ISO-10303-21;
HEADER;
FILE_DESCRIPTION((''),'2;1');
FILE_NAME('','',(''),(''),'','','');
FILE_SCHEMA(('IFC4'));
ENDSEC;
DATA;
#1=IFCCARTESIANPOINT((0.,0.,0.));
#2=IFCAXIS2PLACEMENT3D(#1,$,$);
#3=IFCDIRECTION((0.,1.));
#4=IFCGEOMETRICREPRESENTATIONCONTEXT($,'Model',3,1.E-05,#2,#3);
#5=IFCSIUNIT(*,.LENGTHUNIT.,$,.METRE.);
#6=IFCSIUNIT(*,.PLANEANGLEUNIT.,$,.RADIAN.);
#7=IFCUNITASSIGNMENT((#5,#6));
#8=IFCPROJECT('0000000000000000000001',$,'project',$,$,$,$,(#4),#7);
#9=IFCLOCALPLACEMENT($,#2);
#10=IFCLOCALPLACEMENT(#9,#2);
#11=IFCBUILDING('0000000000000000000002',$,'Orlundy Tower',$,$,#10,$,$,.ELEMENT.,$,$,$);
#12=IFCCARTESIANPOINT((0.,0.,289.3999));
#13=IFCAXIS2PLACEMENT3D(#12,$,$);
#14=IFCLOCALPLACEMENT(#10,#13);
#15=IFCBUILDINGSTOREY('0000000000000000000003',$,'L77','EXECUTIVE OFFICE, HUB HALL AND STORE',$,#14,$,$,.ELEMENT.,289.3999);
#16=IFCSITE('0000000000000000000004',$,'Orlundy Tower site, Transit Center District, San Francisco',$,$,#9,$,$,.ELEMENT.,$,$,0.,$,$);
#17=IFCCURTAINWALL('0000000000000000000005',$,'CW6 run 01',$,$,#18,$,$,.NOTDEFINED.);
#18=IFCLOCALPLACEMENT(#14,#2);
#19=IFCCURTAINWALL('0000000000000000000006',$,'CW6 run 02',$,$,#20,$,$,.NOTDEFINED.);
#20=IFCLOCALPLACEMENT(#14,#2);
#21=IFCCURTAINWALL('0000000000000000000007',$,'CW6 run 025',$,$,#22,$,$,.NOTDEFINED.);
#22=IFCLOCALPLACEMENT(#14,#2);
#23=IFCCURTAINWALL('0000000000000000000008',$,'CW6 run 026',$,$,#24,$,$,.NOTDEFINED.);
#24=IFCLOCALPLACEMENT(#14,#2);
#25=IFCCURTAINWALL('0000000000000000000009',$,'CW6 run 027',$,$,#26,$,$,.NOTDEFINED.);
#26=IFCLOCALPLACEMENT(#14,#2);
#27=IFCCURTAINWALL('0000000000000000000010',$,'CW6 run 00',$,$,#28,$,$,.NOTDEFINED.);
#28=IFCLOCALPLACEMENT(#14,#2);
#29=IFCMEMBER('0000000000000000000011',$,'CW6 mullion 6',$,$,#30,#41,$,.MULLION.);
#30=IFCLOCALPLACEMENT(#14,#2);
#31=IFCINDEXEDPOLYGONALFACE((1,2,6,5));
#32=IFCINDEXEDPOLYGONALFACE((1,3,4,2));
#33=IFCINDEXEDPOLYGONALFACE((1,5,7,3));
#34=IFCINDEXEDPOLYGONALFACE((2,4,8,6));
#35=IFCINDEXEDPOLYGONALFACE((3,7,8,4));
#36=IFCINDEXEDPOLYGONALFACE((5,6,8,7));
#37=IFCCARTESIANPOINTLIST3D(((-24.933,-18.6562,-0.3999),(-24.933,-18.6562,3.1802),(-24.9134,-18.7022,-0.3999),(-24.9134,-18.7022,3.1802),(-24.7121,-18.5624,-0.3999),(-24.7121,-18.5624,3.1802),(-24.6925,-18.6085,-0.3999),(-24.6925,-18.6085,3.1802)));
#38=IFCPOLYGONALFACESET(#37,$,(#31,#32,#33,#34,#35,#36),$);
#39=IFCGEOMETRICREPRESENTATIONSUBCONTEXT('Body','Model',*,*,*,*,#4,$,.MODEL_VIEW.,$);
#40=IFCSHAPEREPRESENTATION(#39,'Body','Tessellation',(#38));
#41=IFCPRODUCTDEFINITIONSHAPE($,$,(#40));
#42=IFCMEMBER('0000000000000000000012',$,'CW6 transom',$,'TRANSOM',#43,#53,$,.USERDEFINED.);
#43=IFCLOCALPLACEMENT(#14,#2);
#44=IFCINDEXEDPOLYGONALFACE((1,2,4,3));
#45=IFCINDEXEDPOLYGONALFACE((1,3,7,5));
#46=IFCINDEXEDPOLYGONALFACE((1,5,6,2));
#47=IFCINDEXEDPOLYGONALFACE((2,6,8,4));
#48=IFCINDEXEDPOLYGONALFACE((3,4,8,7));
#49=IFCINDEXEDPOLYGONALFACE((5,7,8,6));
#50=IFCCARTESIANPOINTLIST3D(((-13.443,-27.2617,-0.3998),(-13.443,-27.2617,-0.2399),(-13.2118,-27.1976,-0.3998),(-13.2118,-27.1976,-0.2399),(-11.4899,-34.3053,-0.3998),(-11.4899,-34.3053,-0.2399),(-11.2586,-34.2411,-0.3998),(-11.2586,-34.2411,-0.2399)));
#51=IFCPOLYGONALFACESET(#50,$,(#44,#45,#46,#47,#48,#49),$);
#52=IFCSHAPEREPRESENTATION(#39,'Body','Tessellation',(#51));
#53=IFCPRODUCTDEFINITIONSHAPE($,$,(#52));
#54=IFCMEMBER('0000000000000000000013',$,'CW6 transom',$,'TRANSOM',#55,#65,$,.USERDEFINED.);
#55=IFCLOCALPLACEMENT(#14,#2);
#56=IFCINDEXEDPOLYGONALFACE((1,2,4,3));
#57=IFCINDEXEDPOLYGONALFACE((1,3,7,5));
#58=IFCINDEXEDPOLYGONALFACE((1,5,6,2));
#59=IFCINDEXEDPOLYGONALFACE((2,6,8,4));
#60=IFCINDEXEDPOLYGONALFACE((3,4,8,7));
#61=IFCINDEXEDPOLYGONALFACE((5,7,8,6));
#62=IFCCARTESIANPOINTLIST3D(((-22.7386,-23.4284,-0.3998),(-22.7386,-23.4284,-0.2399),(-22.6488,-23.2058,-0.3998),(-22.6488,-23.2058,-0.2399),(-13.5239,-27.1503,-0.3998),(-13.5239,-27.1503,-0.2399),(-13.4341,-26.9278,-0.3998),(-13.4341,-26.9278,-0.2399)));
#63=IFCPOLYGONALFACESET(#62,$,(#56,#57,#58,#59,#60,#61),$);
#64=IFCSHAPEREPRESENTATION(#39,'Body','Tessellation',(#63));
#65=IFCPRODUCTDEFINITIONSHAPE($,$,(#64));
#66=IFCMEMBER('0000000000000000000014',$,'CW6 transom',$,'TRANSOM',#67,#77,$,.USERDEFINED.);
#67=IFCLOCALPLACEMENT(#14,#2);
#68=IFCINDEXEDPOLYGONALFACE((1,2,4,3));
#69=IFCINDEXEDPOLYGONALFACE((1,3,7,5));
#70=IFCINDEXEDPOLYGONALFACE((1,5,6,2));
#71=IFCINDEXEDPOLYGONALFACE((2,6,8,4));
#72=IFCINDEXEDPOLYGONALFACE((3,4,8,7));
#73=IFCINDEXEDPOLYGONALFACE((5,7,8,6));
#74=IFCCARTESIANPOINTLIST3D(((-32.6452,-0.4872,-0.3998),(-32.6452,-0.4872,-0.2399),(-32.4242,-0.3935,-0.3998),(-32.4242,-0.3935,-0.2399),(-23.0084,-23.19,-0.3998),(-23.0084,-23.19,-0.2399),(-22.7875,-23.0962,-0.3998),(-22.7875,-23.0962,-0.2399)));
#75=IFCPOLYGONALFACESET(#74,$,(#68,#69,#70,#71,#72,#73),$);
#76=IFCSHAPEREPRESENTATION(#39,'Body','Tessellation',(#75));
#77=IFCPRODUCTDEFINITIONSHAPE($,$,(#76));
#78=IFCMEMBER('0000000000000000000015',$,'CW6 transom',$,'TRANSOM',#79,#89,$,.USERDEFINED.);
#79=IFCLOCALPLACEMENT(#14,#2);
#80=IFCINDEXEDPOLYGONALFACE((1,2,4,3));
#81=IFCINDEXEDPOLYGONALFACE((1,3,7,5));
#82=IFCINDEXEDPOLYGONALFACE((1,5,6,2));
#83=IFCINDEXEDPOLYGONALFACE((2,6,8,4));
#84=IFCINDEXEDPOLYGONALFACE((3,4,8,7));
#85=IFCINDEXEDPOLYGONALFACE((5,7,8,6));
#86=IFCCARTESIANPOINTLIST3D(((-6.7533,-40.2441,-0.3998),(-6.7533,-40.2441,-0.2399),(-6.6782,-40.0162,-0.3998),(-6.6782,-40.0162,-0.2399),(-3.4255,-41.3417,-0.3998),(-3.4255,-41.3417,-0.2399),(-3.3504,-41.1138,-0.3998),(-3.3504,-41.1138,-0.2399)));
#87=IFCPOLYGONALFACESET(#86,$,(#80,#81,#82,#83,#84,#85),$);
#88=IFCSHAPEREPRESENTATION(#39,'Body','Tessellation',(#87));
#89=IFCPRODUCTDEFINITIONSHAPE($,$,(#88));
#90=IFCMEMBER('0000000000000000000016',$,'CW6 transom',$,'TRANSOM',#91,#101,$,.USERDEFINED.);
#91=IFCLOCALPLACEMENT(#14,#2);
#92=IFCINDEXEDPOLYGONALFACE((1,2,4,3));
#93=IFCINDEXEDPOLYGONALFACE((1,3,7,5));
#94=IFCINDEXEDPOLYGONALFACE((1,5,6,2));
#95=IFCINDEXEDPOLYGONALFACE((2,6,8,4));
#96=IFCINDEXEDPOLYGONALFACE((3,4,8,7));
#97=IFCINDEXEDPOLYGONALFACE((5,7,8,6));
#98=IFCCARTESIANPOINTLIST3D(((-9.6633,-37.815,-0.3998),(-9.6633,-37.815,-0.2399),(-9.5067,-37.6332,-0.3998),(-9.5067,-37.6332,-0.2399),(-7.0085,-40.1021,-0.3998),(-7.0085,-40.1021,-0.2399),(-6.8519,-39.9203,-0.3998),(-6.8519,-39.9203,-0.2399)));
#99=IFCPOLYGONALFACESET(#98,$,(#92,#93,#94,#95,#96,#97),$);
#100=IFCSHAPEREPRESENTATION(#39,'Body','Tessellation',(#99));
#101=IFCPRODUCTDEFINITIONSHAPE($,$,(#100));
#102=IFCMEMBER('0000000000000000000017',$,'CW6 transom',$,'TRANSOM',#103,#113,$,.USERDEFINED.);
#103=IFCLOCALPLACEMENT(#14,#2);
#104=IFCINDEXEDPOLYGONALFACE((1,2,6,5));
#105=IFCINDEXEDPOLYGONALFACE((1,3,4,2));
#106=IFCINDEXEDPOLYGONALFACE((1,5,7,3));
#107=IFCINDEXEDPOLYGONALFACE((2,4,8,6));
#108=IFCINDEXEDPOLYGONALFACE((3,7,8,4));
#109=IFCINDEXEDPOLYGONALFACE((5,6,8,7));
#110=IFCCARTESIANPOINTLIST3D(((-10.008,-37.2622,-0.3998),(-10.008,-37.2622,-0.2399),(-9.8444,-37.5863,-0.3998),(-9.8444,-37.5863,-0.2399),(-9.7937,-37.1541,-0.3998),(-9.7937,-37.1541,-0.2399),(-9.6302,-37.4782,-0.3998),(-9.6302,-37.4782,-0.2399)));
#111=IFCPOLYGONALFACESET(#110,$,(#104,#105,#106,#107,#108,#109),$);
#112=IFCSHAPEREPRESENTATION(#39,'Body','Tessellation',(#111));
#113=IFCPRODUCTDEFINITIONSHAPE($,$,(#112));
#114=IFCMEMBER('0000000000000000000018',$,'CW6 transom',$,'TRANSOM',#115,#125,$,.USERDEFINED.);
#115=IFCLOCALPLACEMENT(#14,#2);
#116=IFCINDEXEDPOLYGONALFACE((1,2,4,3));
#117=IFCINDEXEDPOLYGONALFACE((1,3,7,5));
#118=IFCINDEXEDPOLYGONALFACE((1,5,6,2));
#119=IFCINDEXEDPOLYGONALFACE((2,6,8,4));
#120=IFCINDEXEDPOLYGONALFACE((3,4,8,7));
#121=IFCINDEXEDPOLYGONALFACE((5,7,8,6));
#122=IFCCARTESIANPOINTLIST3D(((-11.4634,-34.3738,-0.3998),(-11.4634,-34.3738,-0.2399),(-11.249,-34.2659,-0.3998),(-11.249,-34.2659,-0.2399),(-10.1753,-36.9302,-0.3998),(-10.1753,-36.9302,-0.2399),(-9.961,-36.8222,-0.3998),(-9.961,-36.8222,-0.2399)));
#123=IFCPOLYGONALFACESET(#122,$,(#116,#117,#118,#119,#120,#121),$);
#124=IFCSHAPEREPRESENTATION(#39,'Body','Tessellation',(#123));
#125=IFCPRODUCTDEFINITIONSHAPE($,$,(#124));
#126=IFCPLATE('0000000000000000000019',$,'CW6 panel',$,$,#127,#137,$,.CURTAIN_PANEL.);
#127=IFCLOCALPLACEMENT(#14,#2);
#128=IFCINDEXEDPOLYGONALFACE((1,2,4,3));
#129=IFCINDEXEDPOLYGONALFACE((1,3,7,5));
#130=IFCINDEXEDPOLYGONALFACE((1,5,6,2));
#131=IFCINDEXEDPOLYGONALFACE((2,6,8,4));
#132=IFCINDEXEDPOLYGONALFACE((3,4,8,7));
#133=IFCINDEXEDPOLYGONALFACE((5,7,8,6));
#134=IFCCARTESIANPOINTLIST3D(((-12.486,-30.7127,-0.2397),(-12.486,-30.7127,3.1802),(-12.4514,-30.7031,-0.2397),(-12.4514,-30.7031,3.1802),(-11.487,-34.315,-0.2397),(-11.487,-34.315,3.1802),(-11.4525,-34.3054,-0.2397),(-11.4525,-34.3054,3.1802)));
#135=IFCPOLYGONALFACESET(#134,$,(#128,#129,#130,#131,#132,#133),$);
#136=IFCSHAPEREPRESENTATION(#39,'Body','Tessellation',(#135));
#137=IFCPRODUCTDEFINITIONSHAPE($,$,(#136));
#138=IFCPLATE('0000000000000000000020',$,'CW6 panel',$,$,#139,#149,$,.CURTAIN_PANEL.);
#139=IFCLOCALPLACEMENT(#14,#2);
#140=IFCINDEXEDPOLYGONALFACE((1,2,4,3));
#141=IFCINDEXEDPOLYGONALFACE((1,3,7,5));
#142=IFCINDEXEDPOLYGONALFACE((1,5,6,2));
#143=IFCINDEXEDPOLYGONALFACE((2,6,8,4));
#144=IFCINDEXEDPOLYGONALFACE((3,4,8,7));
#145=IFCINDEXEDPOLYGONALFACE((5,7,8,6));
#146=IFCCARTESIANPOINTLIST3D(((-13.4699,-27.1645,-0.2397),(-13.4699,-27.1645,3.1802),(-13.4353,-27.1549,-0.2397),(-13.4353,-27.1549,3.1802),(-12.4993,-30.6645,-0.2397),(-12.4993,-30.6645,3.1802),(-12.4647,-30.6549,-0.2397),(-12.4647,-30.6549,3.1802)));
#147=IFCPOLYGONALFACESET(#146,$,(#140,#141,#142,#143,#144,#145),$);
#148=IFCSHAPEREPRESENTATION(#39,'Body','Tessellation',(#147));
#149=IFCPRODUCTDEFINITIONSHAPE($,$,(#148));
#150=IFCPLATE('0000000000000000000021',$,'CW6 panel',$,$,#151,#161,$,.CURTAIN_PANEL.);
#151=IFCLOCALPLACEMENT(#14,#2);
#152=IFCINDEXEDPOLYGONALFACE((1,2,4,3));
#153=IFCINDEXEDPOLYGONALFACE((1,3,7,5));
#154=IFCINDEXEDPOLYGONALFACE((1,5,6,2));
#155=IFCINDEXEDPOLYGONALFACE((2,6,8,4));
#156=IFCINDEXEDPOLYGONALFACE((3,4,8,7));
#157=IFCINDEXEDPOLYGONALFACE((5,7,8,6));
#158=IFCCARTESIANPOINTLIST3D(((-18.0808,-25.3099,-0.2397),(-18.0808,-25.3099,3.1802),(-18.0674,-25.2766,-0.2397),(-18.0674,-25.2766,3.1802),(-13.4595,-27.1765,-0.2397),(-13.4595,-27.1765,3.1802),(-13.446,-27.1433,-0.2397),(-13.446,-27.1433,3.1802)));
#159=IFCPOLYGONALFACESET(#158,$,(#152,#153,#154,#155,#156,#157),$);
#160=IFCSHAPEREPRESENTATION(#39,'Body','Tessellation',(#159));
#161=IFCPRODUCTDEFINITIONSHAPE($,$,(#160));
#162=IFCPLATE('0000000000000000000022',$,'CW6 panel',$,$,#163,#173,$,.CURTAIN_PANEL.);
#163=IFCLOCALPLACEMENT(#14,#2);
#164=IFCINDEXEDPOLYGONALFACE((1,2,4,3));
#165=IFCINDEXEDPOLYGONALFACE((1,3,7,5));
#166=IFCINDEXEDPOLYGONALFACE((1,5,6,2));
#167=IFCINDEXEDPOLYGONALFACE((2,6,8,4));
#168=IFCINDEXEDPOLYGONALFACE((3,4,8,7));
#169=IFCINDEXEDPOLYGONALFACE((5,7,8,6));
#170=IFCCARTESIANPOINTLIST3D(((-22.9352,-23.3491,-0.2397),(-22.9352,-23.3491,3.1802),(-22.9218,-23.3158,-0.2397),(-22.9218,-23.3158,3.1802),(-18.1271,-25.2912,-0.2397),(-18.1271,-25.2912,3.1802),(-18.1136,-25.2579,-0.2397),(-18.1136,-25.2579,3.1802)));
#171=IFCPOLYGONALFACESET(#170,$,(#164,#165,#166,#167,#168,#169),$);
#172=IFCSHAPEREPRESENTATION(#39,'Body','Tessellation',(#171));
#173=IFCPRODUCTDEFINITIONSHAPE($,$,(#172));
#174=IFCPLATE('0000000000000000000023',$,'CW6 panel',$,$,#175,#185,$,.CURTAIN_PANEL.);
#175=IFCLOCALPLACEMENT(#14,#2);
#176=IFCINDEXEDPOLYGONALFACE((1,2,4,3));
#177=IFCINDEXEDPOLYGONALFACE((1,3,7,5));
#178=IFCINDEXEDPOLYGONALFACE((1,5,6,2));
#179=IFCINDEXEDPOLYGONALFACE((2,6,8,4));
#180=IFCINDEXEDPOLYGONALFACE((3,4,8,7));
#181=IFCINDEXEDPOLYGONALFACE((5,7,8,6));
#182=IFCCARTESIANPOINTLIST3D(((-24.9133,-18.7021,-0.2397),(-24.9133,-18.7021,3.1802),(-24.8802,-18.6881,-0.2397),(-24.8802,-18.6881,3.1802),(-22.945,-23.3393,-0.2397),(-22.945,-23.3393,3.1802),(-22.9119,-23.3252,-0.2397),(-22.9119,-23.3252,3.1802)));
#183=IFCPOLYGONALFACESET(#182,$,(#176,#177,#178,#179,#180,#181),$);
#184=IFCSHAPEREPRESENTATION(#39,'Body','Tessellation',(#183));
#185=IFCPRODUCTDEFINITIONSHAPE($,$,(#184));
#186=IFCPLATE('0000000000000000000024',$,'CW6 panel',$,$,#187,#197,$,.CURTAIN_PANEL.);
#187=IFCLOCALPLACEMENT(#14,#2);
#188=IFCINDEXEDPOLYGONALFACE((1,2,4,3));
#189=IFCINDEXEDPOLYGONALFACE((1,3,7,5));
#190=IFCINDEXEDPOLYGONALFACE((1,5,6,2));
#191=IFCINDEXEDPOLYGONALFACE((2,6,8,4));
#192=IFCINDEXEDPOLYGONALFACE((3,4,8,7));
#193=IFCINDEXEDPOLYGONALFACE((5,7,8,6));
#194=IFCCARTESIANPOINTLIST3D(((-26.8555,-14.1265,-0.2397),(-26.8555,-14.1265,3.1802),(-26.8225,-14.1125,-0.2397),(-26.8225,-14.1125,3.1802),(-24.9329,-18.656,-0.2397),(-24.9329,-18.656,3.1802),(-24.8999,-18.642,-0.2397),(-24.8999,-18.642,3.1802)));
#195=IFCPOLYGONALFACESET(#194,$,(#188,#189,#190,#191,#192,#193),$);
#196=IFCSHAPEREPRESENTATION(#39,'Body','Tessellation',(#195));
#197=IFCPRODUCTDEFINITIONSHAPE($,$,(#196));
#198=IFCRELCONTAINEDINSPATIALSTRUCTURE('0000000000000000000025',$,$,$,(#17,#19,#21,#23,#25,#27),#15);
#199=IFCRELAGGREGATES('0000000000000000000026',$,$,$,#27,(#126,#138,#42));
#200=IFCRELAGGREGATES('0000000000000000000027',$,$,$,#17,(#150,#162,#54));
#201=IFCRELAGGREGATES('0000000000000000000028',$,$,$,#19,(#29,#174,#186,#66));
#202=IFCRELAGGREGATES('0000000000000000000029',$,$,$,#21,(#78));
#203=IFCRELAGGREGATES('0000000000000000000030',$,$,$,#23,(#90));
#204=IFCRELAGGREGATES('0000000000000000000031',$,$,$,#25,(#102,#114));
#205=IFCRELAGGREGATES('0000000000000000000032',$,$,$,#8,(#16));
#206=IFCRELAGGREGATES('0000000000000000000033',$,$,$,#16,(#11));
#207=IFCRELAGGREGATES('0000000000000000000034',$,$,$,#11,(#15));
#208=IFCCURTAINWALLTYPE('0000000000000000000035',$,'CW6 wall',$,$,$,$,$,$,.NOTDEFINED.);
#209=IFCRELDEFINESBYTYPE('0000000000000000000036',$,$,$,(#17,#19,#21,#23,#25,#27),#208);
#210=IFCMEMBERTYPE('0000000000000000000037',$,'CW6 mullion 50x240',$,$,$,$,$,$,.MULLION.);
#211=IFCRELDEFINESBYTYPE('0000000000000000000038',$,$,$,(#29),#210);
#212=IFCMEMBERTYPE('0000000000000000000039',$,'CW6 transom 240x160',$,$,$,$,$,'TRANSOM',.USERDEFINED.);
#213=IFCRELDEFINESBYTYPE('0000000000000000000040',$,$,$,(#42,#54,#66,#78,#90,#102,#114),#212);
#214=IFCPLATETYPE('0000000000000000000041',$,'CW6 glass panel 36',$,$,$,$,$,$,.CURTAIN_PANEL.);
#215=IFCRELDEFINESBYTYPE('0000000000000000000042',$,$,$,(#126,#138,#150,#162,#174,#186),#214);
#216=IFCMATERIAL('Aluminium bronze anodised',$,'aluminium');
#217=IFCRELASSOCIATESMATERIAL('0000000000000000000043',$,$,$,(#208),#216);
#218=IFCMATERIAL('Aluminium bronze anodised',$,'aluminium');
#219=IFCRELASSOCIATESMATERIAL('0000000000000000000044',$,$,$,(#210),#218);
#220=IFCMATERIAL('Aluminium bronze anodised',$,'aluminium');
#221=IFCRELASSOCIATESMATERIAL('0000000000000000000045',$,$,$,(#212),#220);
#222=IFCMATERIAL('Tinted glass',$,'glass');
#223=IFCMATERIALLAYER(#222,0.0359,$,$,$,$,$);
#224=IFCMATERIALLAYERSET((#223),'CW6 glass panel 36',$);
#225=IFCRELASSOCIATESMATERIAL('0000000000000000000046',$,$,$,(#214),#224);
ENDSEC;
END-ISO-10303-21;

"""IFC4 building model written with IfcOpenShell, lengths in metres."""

from ifc_helpers import new_model, si_unit, direction, frame, origin, origin_2d, place, context, subcontext, project, spatial, rectangle, extrude, material, layer, layer_set, material_profile, profile_set, type_object, element, aggregate, save


model = new_model("IFC4")

# Units and contexts
model_context = context("Model", 3, precision=1e-05, world=origin(), true_north=direction((0.0, 1.0)))
body_context = subcontext(model_context, "Body", "Model", "MODEL_VIEW")
ifc_project = project(units=[si_unit("LENGTHUNIT", "METRE"), si_unit("PLANEANGLEUNIT", "RADIAN")], contexts=[model_context])

# Site, building, storey
site_placement = place(None, origin())
site = spatial("IfcSite", under=ifc_project, at=site_placement, Name="Orlundy Tower site, Transit Center District, San Francisco", CompositionType="ELEMENT", RefElevation=0.0)
building_placement = place(site_placement, origin())
building = spatial("IfcBuilding", under=site, at=building_placement, Name="Orlundy Tower", CompositionType="ELEMENT")
storey_placement = place(building_placement, frame((0.0, 0.0, 289.3999)))
storey = spatial("IfcBuildingStorey", under=building, at=storey_placement, Name="L77", Description="EXECUTIVE OFFICE, HUB HALL AND STORE", CompositionType="ELEMENT", Elevation=289.3999)

# Curtain walls
ifc_material_1 = material(Name="Aluminium bronze anodised", Category="aluminium")
curtain_wall_type = type_object("IfcCurtainWallType", Name="CW6 wall", PredefinedType="NOTDEFINED", material=ifc_material_1)
curtain_wall_1_placement = place(storey_placement, origin())
curtain_wall_1 = element("IfcCurtainWall", 1, at=curtain_wall_1_placement, inside=storey, type_object=curtain_wall_type, Name="CW6 run 01", PredefinedType="NOTDEFINED")
curtain_wall_2_placement = place(storey_placement, origin())
curtain_wall_2 = element("IfcCurtainWall", 2, at=curtain_wall_2_placement, inside=storey, type_object=curtain_wall_type, Name="CW6 run 02", PredefinedType="NOTDEFINED")
curtain_wall_3_placement = place(storey_placement, origin())
curtain_wall_3 = element("IfcCurtainWall", 3, at=curtain_wall_3_placement, inside=storey, type_object=curtain_wall_type, Name="CW6 run 025", PredefinedType="NOTDEFINED")
curtain_wall_4_placement = place(storey_placement, origin())
curtain_wall_4 = element("IfcCurtainWall", 4, at=curtain_wall_4_placement, inside=storey, type_object=curtain_wall_type, Name="CW6 run 026", PredefinedType="NOTDEFINED")
curtain_wall_5_placement = place(storey_placement, origin())
curtain_wall_5 = element("IfcCurtainWall", 5, at=curtain_wall_5_placement, inside=storey, type_object=curtain_wall_type, Name="CW6 run 027", PredefinedType="NOTDEFINED")

# Curtain wall
curtain_wall_6_placement = place(storey_placement, origin())
curtain_wall_6 = element("IfcCurtainWall", 6, at=curtain_wall_6_placement, inside=storey, type_object=curtain_wall_type, Name="CW6 run 00", PredefinedType="NOTDEFINED")
ifc_material_2 = material(Name="Aluminium bronze anodised", Category="aluminium")
ifc_material_profile_1 = material_profile(ifc_material_2, rectangle(XDim=0.24, YDim=0.05, at=origin_2d()), Name="CW6 mullion 50x240")
ifc_profile_set_1 = profile_set([ifc_material_profile_1], Name="Aluminium bronze anodised")
member_type_1 = type_object("IfcMemberType", Name="CW6 mullion 50x240", PredefinedType="MULLION", material=ifc_profile_set_1)

# Members
member_1_placement = place(storey_placement, frame((-24.8127, -18.6323, -0.3999), z_axis=(0.0, 0.0, 1.0), x_axis=(-0.920507, -0.390727, 0.0)))
member_1 = element("IfcMember", 7, at=member_1_placement, type_object=member_type_1, Name="CW6 mullion 6", PredefinedType="MULLION", context=body_context, shape_type="SweptSolid", body=[
    extrude(rectangle(XDim=0.24, YDim=0.05, at=origin_2d()), origin(), (0.0, 0.0, 1.0), 3.5801),
])
ifc_material_3 = material(Name="Aluminium bronze anodised", Category="aluminium")
ifc_material_profile_2 = material_profile(ifc_material_3, rectangle(XDim=0.24, YDim=0.1599, at=origin_2d()), Name="CW6 transom 240x160")
ifc_profile_set_2 = profile_set([ifc_material_profile_2], Name="Aluminium bronze anodised")
member_type_2 = type_object("IfcMemberType", Name="CW6 transom 240x160", ElementType="TRANSOM", PredefinedType="USERDEFINED", material=ifc_profile_set_2)
member_2_placement = place(storey_placement, frame((-11.3743, -34.2732, -0.3198), z_axis=(-0.267213, 0.963637, 0.0), x_axis=(-0.963637, -0.267213, 0.0)))
member_2 = element("IfcMember", 8, at=member_2_placement, type_object=member_type_2, Name="CW6 transom", ObjectType="TRANSOM", PredefinedType="USERDEFINED", context=body_context, shape_type="SweptSolid", body=[
    extrude(rectangle(XDim=0.24, YDim=0.1599, at=origin_2d()), origin(), (0.0, 0.0, 1.0), 7.3093),
])
member_3_placement = place(storey_placement, frame((-13.479, -27.0391, -0.3198), z_axis=(-0.927219, 0.374519, 0.0), x_axis=(-0.374519, -0.927219, 0.0)))
member_3 = element("IfcMember", 9, at=member_3_placement, type_object=member_type_2, Name="CW6 transom", ObjectType="TRANSOM", PredefinedType="USERDEFINED", context=body_context, shape_type="SweptSolid", body=[
    extrude(rectangle(XDim=0.24, YDim=0.1599, at=origin_2d()), origin(), (0.0, 0.0, 1.0), 9.938),
])
member_4_placement = place(storey_placement, frame((-22.8979, -23.1431, -0.3198), z_axis=(-0.390732, 0.920505, 0.0), x_axis=(-0.920505, -0.390732, 0.0)))
member_4 = element("IfcMember", 10, at=member_4_placement, type_object=member_type_2, Name="CW6 transom", ObjectType="TRANSOM", PredefinedType="USERDEFINED", context=body_context, shape_type="SweptSolid", body=[
    extrude(rectangle(XDim=0.24, YDim=0.1599, at=origin_2d()), origin(), (0.0, 0.0, 1.0), 24.6633),
])
member_5_placement = place(storey_placement, frame((-3.3879, -41.2278, -0.3198), z_axis=(-0.949675, 0.313237, 0.0), x_axis=(-0.313237, -0.949675, 0.0)))
member_5 = element("IfcMember", 11, at=member_5_placement, type_object=member_type_2, Name="CW6 transom", ObjectType="TRANSOM", PredefinedType="USERDEFINED", context=body_context, shape_type="SweptSolid", body=[
    extrude(rectangle(XDim=0.24, YDim=0.1599, at=origin_2d()), origin(), (0.0, 0.0, 1.0), 3.5042),
])
member_6_placement = place(storey_placement, frame((-6.9302, -40.0112, -0.3198), z_axis=(-0.757621, 0.652694, 0.0), x_axis=(-0.652694, -0.757621, 0.0)))
member_6 = element("IfcMember", 12, at=member_6_placement, type_object=member_type_2, Name="CW6 transom", ObjectType="TRANSOM", PredefinedType="USERDEFINED", context=body_context, shape_type="SweptSolid", body=[
    extrude(rectangle(XDim=0.24, YDim=0.1599, at=origin_2d()), origin(), (0.0, 0.0, 1.0), 3.5042),
])
member_7_placement = place(storey_placement, frame((-9.7373, -37.5322, -0.3198), z_axis=(-0.450438, 0.892808, 0.0), x_axis=(-0.892808, -0.450438, 0.0)))
member_7 = element("IfcMember", 13, at=member_7_placement, type_object=member_type_2, Name="CW6 transom", ObjectType="TRANSOM", PredefinedType="USERDEFINED", context=body_context, shape_type="SweptSolid", body=[
    extrude(rectangle(XDim=0.24, YDim=0.1599, at=origin_2d()), origin(), (0.0, 0.0, 1.0), 0.363),
])
member_8_placement = place(storey_placement, frame((-10.0681, -36.8762, -0.3198), z_axis=(-0.449975, 0.893041, 0.0), x_axis=(-0.893041, -0.449975, 0.0)))
member_8 = element("IfcMember", 14, at=member_8_placement, type_object=member_type_2, Name="CW6 transom", ObjectType="TRANSOM", PredefinedType="USERDEFINED", context=body_context, shape_type="SweptSolid", body=[
    extrude(rectangle(XDim=0.24, YDim=0.1599, at=origin_2d()), origin(), (0.0, 0.0, 1.0), 2.8625),
])

# Plates
ifc_material_4 = material(Name="Tinted glass", Category="glass")
ifc_layer_1 = layer(ifc_material_4, 0.0359)
ifc_layer_set_1 = layer_set([ifc_layer_1], Name="CW6 glass panel 36")
plate_type = type_object("IfcPlateType", Name="CW6 glass panel 36", PredefinedType="CURTAIN_PANEL", material=ifc_layer_set_1)
plate_1_placement = place(storey_placement, frame((-11.9692, -32.509, -0.2397), z_axis=(0.0, 0.0, 1.0), x_axis=(-0.267226, 0.963634, 0.0)))
plate_1 = element("IfcPlate", 15, at=plate_1_placement, type_object=plate_type, Name="CW6 panel", PredefinedType="CURTAIN_PANEL", context=body_context, shape_type="SweptSolid", body=[
    extrude(rectangle(XDim=3.7383, YDim=0.0359, at=origin_2d()), origin(), (0.0, 0.0, 1.0), 3.4199),
])
plate_2_placement = place(storey_placement, frame((-12.9673, -28.9097, -0.2397), z_axis=(0.0, 0.0, 1.0), x_axis=(-0.267226, 0.963634, 0.0)))
plate_2 = element("IfcPlate", 16, at=plate_2_placement, type_object=plate_type, Name="CW6 panel", PredefinedType="CURTAIN_PANEL", context=body_context, shape_type="SweptSolid", body=[
    extrude(rectangle(XDim=3.6321, YDim=0.0359, at=origin_2d()), origin(), (0.0, 0.0, 1.0), 3.4199),
])
aggregate(curtain_wall_6, [plate_1, plate_2, member_2])
plate_3_placement = place(storey_placement, frame((-15.7634, -26.2266, -0.2397), z_axis=(0.0, 0.0, 1.0), x_axis=(-0.927218, 0.374521, 0.0)))
plate_3 = element("IfcPlate", 17, at=plate_3_placement, type_object=plate_type, Name="CW6 panel", PredefinedType="CURTAIN_PANEL", context=body_context, shape_type="SweptSolid", body=[
    extrude(rectangle(XDim=4.9841, YDim=0.0359, at=origin_2d()), origin(), (0.0, 0.0, 1.0), 3.4199),
])
plate_4_placement = place(storey_placement, frame((-20.5244, -24.3035, -0.2397), z_axis=(0.0, 0.0, 1.0), x_axis=(-0.927218, 0.374521, 0.0)))
plate_4 = element("IfcPlate", 18, at=plate_4_placement, type_object=plate_type, Name="CW6 panel", PredefinedType="CURTAIN_PANEL", context=body_context, shape_type="SweptSolid", body=[
    extrude(rectangle(XDim=5.1855, YDim=0.0359, at=origin_2d()), origin(), (0.0, 0.0, 1.0), 3.4199),
])
aggregate(curtain_wall_1, [plate_3, plate_4, member_3])
plate_5_placement = place(storey_placement, frame((-23.9126, -21.0137, -0.2397), z_axis=(0.0, 0.0, 1.0), x_axis=(-0.390727, 0.920507, 0.0)))
plate_5 = element("IfcPlate", 19, at=plate_5_placement, type_object=plate_type, Name="CW6 panel", PredefinedType="CURTAIN_PANEL", context=body_context, shape_type="SweptSolid", body=[
    extrude(rectangle(XDim=5.0376, YDim=0.0359, at=origin_2d()), origin(), (0.0, 0.0, 1.0), 3.4199),
])
plate_6_placement = place(storey_placement, frame((-25.8777, -16.3843, -0.2397), z_axis=(0.0, 0.0, 1.0), x_axis=(-0.390727, 0.920507, 0.0)))
plate_6 = element("IfcPlate", 20, at=plate_6_placement, type_object=plate_type, Name="CW6 panel", PredefinedType="CURTAIN_PANEL", context=body_context, shape_type="SweptSolid", body=[
    extrude(rectangle(XDim=4.9207, YDim=0.0359, at=origin_2d()), origin(), (0.0, 0.0, 1.0), 3.4199),
])
aggregate(curtain_wall_2, [member_1, plate_5, plate_6, member_4])

aggregate(curtain_wall_3, [member_5])
aggregate(curtain_wall_4, [member_6])
aggregate(curtain_wall_5, [member_7, member_8])

save(model, "model.ifc")
